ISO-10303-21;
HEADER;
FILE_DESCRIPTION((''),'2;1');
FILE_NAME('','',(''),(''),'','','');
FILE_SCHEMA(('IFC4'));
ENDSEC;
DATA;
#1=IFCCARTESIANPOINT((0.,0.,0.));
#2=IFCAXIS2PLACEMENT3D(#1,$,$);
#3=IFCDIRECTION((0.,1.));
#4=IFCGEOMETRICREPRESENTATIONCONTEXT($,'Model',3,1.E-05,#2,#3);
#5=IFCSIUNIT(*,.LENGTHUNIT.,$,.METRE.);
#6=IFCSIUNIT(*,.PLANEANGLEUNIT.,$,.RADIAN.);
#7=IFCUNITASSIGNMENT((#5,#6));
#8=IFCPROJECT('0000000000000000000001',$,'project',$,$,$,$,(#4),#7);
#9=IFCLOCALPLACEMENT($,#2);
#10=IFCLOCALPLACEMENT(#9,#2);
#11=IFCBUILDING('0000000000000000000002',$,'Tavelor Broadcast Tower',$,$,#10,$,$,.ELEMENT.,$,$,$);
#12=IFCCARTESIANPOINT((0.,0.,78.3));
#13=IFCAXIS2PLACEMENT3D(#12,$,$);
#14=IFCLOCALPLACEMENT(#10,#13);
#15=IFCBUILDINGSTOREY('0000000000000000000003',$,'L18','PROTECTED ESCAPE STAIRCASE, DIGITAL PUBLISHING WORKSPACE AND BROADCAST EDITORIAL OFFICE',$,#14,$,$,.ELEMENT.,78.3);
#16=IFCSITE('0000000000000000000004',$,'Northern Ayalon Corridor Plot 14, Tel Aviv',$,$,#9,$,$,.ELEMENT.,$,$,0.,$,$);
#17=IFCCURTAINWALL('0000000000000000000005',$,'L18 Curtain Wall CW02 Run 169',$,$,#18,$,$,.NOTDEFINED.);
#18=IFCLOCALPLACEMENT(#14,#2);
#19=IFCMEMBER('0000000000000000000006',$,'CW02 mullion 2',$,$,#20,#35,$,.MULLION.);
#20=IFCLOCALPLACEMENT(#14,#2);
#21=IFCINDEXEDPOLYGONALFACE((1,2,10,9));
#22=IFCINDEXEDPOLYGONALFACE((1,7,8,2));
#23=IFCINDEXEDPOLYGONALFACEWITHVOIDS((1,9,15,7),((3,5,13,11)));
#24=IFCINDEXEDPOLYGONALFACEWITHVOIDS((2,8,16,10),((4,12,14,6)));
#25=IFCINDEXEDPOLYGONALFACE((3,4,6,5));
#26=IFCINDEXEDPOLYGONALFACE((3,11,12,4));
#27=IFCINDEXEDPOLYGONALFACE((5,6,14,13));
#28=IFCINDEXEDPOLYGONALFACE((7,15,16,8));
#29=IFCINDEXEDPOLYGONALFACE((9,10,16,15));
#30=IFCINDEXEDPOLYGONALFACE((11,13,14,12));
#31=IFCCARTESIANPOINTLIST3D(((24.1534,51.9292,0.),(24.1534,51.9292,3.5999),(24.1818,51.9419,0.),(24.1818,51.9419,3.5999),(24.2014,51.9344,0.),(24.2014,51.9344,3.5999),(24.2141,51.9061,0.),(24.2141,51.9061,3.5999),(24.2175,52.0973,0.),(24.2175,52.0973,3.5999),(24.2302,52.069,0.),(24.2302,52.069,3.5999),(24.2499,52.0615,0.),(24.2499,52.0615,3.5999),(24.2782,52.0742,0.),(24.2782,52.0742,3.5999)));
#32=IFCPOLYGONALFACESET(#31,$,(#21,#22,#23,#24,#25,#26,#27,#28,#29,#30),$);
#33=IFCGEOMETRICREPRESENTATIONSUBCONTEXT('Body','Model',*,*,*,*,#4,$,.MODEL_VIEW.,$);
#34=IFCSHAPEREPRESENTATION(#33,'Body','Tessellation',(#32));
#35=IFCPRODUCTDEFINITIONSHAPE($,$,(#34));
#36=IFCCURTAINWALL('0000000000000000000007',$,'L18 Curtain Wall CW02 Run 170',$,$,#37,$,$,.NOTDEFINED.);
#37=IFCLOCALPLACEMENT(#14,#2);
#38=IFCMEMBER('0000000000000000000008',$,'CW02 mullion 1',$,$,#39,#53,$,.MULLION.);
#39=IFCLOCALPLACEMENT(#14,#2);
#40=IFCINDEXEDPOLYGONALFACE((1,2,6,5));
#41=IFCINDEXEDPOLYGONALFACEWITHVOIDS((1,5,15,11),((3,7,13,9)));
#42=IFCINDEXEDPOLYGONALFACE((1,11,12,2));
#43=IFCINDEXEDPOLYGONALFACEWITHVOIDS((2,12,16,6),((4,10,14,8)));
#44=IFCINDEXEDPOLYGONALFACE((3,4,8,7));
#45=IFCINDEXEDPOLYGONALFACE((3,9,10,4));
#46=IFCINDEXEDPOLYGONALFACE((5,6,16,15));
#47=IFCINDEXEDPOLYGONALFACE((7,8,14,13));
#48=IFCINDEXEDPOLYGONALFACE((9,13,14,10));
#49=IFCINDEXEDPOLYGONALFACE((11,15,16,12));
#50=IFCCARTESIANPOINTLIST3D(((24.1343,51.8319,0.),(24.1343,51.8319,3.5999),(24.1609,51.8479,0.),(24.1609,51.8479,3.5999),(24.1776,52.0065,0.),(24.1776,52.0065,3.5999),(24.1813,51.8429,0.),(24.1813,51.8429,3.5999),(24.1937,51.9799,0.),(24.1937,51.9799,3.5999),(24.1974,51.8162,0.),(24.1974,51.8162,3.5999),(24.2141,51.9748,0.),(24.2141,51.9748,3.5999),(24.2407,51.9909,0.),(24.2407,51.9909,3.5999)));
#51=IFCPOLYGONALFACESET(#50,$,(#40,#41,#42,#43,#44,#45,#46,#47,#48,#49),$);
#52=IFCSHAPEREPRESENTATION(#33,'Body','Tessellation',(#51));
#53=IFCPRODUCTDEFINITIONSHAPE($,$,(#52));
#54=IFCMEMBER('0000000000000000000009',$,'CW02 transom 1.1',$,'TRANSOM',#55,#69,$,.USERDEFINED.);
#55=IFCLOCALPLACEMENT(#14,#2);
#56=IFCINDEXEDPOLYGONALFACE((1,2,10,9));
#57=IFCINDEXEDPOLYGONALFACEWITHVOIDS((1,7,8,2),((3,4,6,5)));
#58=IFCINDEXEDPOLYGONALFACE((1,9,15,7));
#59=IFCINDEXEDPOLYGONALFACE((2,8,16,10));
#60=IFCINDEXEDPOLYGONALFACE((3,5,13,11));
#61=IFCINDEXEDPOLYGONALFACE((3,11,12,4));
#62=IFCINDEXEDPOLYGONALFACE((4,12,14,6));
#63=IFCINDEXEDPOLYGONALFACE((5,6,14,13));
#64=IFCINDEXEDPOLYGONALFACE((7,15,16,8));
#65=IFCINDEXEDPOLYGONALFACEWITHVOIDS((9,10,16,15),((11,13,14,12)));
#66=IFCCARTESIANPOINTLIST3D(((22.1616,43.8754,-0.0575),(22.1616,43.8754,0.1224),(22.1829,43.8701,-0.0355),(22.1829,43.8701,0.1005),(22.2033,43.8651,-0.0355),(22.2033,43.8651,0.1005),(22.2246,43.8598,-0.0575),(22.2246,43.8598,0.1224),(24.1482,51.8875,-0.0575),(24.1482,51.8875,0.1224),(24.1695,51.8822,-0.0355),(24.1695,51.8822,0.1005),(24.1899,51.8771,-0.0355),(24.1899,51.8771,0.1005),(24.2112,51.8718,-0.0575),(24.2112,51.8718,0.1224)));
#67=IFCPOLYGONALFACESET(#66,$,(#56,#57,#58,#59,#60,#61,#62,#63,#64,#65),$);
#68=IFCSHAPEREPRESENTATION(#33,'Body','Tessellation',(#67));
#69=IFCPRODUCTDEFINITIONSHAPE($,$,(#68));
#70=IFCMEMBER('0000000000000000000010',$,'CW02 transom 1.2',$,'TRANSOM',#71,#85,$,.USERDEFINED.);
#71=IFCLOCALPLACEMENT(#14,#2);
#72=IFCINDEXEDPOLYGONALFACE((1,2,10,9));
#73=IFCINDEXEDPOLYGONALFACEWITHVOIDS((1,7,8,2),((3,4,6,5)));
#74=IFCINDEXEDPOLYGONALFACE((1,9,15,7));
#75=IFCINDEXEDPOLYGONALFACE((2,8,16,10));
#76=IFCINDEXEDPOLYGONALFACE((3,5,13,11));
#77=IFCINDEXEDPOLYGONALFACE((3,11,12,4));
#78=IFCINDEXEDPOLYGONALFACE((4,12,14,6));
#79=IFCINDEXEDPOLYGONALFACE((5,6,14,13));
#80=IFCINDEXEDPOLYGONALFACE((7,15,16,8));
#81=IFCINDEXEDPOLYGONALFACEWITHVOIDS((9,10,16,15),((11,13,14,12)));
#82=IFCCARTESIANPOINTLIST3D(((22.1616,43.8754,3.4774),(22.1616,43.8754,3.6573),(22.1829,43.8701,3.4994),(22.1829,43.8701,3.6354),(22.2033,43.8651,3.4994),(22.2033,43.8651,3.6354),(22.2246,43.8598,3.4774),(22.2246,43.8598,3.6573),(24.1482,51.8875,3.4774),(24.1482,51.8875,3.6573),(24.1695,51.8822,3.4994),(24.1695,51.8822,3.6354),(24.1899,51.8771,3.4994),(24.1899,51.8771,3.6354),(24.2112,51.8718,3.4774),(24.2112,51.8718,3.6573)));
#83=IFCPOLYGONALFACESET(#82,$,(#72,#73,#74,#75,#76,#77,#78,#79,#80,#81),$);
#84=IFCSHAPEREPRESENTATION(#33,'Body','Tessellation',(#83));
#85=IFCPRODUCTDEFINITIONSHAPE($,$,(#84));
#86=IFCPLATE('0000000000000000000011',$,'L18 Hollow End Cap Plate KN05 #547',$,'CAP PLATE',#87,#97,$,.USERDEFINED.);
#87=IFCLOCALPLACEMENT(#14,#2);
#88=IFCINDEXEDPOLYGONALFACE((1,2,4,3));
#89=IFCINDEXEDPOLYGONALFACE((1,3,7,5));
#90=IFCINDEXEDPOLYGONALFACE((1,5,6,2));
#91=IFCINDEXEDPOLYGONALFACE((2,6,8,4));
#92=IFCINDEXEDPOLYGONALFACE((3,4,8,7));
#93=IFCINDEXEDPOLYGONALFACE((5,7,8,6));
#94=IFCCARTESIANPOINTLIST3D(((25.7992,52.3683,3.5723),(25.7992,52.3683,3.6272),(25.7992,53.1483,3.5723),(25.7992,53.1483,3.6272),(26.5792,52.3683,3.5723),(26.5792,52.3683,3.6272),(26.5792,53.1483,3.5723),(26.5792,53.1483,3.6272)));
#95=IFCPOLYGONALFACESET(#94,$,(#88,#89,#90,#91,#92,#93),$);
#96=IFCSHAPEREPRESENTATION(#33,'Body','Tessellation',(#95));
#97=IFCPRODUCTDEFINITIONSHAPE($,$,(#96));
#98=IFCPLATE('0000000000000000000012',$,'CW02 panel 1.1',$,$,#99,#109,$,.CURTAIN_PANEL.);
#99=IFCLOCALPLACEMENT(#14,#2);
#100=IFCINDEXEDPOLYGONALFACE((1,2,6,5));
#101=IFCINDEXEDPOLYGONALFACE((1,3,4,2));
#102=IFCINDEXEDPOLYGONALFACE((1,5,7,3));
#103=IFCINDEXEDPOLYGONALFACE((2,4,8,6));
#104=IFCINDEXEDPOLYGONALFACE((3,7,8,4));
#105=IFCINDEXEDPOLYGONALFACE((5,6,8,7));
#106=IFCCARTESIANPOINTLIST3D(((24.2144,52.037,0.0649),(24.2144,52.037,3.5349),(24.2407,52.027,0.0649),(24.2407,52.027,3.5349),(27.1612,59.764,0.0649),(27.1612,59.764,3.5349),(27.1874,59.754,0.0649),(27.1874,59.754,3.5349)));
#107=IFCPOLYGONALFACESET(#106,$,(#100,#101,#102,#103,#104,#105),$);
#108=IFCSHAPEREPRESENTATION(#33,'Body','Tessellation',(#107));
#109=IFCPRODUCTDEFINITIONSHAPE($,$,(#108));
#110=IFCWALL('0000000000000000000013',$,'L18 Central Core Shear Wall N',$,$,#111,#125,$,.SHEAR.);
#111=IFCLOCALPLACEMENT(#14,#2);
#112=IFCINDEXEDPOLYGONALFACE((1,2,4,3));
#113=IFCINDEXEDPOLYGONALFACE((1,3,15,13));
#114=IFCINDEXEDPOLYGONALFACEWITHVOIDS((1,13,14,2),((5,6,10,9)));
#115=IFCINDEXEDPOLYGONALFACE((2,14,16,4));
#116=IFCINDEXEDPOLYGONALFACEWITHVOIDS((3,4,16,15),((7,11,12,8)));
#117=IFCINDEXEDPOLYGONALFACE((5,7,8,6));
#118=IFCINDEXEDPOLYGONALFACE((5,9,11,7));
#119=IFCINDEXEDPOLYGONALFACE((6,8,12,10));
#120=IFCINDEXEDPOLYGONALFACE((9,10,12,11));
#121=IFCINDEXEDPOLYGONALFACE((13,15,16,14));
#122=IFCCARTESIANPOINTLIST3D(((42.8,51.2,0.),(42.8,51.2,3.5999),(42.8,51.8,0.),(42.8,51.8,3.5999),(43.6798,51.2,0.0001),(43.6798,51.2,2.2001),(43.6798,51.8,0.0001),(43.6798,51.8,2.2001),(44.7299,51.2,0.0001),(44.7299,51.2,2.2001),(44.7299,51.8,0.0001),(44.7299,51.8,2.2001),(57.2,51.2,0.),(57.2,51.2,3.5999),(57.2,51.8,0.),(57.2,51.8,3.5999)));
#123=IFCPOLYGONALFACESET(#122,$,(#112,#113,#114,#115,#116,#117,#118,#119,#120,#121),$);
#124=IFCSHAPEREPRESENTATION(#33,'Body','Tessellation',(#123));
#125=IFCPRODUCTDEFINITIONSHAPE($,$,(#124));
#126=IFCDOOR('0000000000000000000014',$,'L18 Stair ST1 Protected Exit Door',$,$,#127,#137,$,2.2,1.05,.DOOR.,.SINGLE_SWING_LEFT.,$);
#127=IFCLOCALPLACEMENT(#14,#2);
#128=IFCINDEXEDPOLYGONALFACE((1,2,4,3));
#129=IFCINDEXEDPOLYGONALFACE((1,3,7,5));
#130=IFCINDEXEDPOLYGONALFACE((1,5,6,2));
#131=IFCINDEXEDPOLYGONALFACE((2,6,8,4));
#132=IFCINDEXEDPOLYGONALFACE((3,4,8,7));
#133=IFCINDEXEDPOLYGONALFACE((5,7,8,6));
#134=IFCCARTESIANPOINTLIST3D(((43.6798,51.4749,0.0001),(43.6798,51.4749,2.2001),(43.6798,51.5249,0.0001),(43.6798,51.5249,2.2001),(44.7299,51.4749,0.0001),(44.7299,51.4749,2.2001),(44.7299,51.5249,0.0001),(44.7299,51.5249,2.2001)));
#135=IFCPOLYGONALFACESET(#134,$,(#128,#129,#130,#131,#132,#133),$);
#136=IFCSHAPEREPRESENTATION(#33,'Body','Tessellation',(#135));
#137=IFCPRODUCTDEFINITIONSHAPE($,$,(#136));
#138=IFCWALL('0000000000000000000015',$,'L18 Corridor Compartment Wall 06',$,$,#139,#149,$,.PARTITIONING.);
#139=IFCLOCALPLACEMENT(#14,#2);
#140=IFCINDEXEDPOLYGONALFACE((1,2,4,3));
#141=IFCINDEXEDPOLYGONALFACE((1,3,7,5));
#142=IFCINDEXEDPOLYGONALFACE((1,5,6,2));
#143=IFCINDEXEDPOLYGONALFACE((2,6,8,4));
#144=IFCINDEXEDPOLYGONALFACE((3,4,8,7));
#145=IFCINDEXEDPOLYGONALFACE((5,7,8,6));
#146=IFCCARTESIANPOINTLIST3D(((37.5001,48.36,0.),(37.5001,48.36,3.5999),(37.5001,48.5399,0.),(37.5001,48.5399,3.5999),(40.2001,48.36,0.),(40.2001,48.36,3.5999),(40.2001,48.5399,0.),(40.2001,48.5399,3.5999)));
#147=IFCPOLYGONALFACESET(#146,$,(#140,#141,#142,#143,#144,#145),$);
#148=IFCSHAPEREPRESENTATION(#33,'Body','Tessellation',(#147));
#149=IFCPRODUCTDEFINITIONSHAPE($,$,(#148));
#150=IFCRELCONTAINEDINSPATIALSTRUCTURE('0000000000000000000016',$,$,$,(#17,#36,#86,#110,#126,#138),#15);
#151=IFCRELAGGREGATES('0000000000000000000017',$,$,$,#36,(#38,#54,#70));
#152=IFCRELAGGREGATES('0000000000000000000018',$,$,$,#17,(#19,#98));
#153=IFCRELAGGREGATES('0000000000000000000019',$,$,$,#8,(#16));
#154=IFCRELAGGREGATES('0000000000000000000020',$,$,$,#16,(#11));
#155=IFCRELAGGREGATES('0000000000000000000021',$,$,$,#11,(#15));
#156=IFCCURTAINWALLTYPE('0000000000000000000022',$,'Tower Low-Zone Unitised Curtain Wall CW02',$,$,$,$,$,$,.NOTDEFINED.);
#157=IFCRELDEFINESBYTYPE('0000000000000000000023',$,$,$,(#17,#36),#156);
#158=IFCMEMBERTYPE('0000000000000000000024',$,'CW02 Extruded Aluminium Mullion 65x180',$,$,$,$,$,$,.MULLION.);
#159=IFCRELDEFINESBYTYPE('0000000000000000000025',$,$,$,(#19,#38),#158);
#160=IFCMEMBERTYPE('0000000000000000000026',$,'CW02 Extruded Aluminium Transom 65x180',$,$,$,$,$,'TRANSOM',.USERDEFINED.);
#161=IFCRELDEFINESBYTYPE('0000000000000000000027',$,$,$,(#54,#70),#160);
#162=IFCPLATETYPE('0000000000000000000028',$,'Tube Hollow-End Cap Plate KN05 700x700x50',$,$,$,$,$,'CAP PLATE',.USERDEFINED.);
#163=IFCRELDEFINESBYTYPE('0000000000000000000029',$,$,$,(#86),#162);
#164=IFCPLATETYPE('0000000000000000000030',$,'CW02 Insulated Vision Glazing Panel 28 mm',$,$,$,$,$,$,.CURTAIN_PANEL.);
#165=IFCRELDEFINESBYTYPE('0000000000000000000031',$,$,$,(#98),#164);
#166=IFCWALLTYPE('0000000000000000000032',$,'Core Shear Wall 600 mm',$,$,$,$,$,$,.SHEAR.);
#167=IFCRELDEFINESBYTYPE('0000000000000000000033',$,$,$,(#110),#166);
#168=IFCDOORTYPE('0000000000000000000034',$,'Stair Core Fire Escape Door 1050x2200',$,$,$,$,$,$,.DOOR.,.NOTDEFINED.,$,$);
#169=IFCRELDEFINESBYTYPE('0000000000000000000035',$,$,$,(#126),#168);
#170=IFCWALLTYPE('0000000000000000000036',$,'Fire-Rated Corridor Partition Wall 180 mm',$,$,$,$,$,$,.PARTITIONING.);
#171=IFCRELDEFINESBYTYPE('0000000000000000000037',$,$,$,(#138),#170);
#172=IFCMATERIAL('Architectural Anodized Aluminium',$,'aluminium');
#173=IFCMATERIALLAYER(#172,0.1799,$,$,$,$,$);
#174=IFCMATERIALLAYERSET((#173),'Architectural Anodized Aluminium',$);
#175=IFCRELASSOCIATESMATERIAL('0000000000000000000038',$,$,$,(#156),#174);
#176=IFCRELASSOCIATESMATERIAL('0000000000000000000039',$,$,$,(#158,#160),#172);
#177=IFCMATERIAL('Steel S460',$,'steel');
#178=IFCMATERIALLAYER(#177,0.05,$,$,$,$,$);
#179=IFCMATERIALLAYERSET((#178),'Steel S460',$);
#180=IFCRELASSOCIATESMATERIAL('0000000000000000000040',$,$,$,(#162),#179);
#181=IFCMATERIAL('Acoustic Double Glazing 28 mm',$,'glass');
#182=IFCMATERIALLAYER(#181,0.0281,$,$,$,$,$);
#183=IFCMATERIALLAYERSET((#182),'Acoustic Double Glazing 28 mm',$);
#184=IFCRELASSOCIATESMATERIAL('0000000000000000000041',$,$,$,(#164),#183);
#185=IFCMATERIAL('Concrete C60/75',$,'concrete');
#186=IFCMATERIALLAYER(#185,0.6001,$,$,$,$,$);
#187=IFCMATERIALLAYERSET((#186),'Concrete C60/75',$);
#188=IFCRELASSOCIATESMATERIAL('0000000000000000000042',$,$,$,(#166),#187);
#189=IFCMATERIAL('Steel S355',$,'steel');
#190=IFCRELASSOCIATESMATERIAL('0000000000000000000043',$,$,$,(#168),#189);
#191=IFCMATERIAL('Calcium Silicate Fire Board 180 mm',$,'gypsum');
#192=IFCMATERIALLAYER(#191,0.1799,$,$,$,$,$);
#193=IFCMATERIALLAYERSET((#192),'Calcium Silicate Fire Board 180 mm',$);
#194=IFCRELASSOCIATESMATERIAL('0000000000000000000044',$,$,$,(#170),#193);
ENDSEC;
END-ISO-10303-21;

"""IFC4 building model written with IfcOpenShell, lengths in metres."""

from ifc_helpers import new_model, si_unit, direction, frame, frame_2d, origin, origin_2d, place, context, subcontext, project, spatial, rectangle, hollow_rectangle, extrude, source, transform, mapped, material, layer, layer_set, material_profile, profile_set, type_object, type_shapes, element, fill, aggregate, save


model = new_model("IFC4")

# Units and contexts
model_context = context("Model", 3, precision=1e-05, world=origin(), true_north=direction((0.0, 1.0)))
body_context = subcontext(model_context, "Body", "Model", "MODEL_VIEW")
ifc_project = project(units=[si_unit("LENGTHUNIT", "METRE"), si_unit("PLANEANGLEUNIT", "RADIAN")], contexts=[model_context])

# Site, building, storey
site_placement = place(None, origin())
site = spatial("IfcSite", under=ifc_project, at=site_placement, Name="Northern Ayalon Corridor Plot 14, Tel Aviv", CompositionType="ELEMENT", RefElevation=0.0)
building_placement = place(site_placement, origin())
building = spatial("IfcBuilding", under=site, at=building_placement, Name="Tavelor Broadcast Tower", CompositionType="ELEMENT")
storey_placement = place(building_placement, frame((0.0, 0.0, 78.3)))
storey = spatial("IfcBuildingStorey", under=building, at=storey_placement, Name="L18", Description="PROTECTED ESCAPE STAIRCASE, DIGITAL PUBLISHING WORKSPACE AND BROADCAST EDITORIAL OFFICE", CompositionType="ELEMENT", Elevation=78.3)

# Shared definitions
ifc_material_1 = material(Name="Concrete C60/75", Category="concrete")
ifc_material_2 = material(Name="Steel S460", Category="steel")

# Shared definitions
ifc_material_3 = material(Name="Steel S355", Category="steel")

# Curtain wall, member
ifc_material_4 = material(Name="Architectural Anodized Aluminium", Category="aluminium")
ifc_layer_1 = layer(ifc_material_4, 0.1799)
ifc_layer_set_1 = layer_set([ifc_layer_1], Name="Architectural Anodized Aluminium")
curtain_wall_type = type_object("IfcCurtainWallType", Name="Tower Low-Zone Unitised Curtain Wall CW02", PredefinedType="NOTDEFINED", material=ifc_layer_set_1)
curtain_wall_1_placement = place(storey_placement, origin())
curtain_wall_1 = element("IfcCurtainWall", 1, at=curtain_wall_1_placement, inside=storey, type_object=curtain_wall_type, Name="L18 Curtain Wall CW02 Run 169", PredefinedType="NOTDEFINED")
ifc_material_profile_1 = material_profile(ifc_material_4, hollow_rectangle(XDim=0.0649, YDim=0.1799, WallThickness=0.022, at=origin_2d()), Name="RHS 65x180x22")
ifc_profile_set_1 = profile_set([ifc_material_profile_1], Name="Architectural Anodized Aluminium")
member_type_1 = type_object("IfcMemberType", Name="CW02 Extruded Aluminium Mullion 65x180", PredefinedType="MULLION", material=ifc_profile_set_1)
shared_shape_1 = source(origin(), body_context, "Body", "SweptSolid", [
    extrude(hollow_rectangle(XDim=0.0649, YDim=0.1799, WallThickness=0.022, at=origin_2d()), origin(), (0.0, 0.0, 1.0), 3.5999),
])
type_shapes(member_type_1, [shared_shape_1])
member_1_placement = place(storey_placement, frame((24.2158, 52.0017, 0.0), z_axis=(0.0, 0.0, 1.0), x_axis=(0.93436, -0.356331, 0.0)))
member_1 = element("IfcMember", 2, at=member_1_placement, type_object=member_type_1, Name="CW02 mullion 2", PredefinedType="MULLION", context=body_context, shape_type="MappedRepresentation", body=[
    mapped(shared_shape_1, transform((0.0, 0.0, 0.0), scale=1.0)),
])

# Curtain wall, members
curtain_wall_2_placement = place(storey_placement, origin())
curtain_wall_2 = element("IfcCurtainWall", 3, at=curtain_wall_2_placement, inside=storey, type_object=curtain_wall_type, Name="L18 Curtain Wall CW02 Run 170", PredefinedType="NOTDEFINED")
member_2_placement = place(storey_placement, frame((24.1875, 51.9114, 0.0), z_axis=(0.0, 0.0, 1.0), x_axis=(0.970611, -0.240652, 0.0)))
member_2 = element("IfcMember", 4, at=member_2_placement, type_object=member_type_1, Name="CW02 mullion 1", PredefinedType="MULLION", context=body_context, shape_type="MappedRepresentation", body=[
    mapped(shared_shape_1, transform((0.0, 0.0, 0.0), scale=1.0)),
])
ifc_material_profile_2 = material_profile(ifc_material_4, hollow_rectangle(XDim=0.0649, YDim=0.1799, WallThickness=0.022, at=origin_2d()), Name="RHS 65x180x22")
ifc_profile_set_2 = profile_set([ifc_material_profile_2], Name="Architectural Anodized Aluminium")
member_type_2 = type_object("IfcMemberType", Name="CW02 Extruded Aluminium Transom 65x180", ElementType="TRANSOM", PredefinedType="USERDEFINED", material=ifc_profile_set_2)
shared_shape_2 = source(origin(), body_context, "Body", "SweptSolid", [
    extrude(hollow_rectangle(XDim=0.0649, YDim=0.1799, WallThickness=0.022, at=origin_2d()), origin(), (0.0, 0.0, 1.0), 8.2546),
])
type_shapes(member_type_2, [shared_shape_2])
member_3_placement = place(storey_placement, frame((24.1797, 51.8796, 0.0325), z_axis=(-0.240663, -0.970609, 0.0), x_axis=(0.970609, -0.240663, 0.0)))
member_3 = element("IfcMember", 5, at=member_3_placement, type_object=member_type_2, Name="CW02 transom 1.1", ObjectType="TRANSOM", PredefinedType="USERDEFINED", context=body_context, shape_type="MappedRepresentation", body=[
    mapped(shared_shape_2, transform((0.0, 0.0, 0.0), scale=1.0)),
])
member_4_placement = place(storey_placement, frame((24.1797, 51.8796, 3.5674), z_axis=(-0.240663, -0.970609, 0.0), x_axis=(0.970609, -0.240663, 0.0)))
member_4 = element("IfcMember", 6, at=member_4_placement, type_object=member_type_2, Name="CW02 transom 1.2", ObjectType="TRANSOM", PredefinedType="USERDEFINED", context=body_context, shape_type="MappedRepresentation", body=[
    mapped(shared_shape_2, transform((0.0, 0.0, 0.0), scale=1.0)),
])
aggregate(curtain_wall_2, [member_2, member_3, member_4])

# Plates
ifc_layer_2 = layer(ifc_material_2, 0.05)
ifc_layer_set_2 = layer_set([ifc_layer_2], Name="Steel S460")
plate_type_1 = type_object("IfcPlateType", Name="Tube Hollow-End Cap Plate KN05 700x700x50", ElementType="CAP PLATE", PredefinedType="USERDEFINED", material=ifc_layer_set_2)
shared_shape_3 = source(origin(), body_context, "Body", "SweptSolid", [
    extrude(rectangle(XDim=0.78, YDim=0.78, at=origin_2d()), origin(), (0.0, 0.0, 1.0), 0.0549),
])
type_shapes(plate_type_1, [shared_shape_3])
plate_1_placement = place(storey_placement, frame((26.1892, 52.7583, 3.5723), z_axis=(0.0, 0.0, 1.0), x_axis=(1.0, 0.0, 0.0)))
element("IfcPlate", 7, at=plate_1_placement, inside=storey, type_object=plate_type_1, Name="L18 Hollow End Cap Plate KN05 #547", ObjectType="CAP PLATE", PredefinedType="USERDEFINED", context=body_context, shape_type="MappedRepresentation", body=[
    mapped(shared_shape_3, transform((0.0, 0.0, 0.0), scale=1.0)),
])
ifc_material_5 = material(Name="Acoustic Double Glazing 28 mm", Category="glass")
ifc_layer_3 = layer(ifc_material_5, 0.0281)
ifc_layer_set_3 = layer_set([ifc_layer_3], Name="Acoustic Double Glazing 28 mm")
plate_type_2 = type_object("IfcPlateType", Name="CW02 Insulated Vision Glazing Panel 28 mm", PredefinedType="CURTAIN_PANEL", material=ifc_layer_set_3)
shared_shape_4 = source(origin(), body_context, "Body", "SweptSolid", [
    extrude(rectangle(XDim=8.2698, YDim=0.0281, at=origin_2d()), origin(), (0.0, 0.0, 1.0), 3.47),
])
type_shapes(plate_type_2, [shared_shape_4])
plate_2_placement = place(storey_placement, frame((25.7009, 55.8955, 0.0649), z_axis=(0.0, 0.0, 1.0), x_axis=(-0.356331, -0.93436, 0.0)))
plate_2 = element("IfcPlate", 8, at=plate_2_placement, type_object=plate_type_2, Name="CW02 panel 1.1", PredefinedType="CURTAIN_PANEL", context=body_context, shape_type="MappedRepresentation", body=[
    mapped(shared_shape_4, transform((0.0, 0.0, 0.0), scale=1.0)),
])
aggregate(curtain_wall_1, [member_1, plate_2])

# Wall, opening, door
ifc_layer_4 = layer(ifc_material_1, 0.6001)
ifc_layer_set_4 = layer_set([ifc_layer_4], Name="Concrete C60/75")
wall_type_1 = type_object("IfcWallType", Name="Core Shear Wall 600 mm", PredefinedType="SHEAR", material=ifc_layer_set_4)
wall_1_placement = place(storey_placement, frame((42.8, 51.5, 0.0), z_axis=(0.0, 0.0, 1.0), x_axis=(1.0, 0.0, 0.0)))
wall_1 = element("IfcWall", 9, at=wall_1_placement, inside=storey, type_object=wall_type_1, Name="L18 Central Core Shear Wall N", PredefinedType="SHEAR", context=body_context, shape_type="SweptSolid", body=[
    extrude(rectangle(XDim=14.3999, YDim=0.6001, at=frame_2d((7.2, 0.0))), origin(), (0.0, 0.0, 1.0), 3.5999),
])
opening_1_placement = place(wall_1_placement, frame((0.8799, 0.0, 0.0)))
opening_1 = element("IfcOpeningElement", 10, at=opening_1_placement, cuts=wall_1, PredefinedType="OPENING", context=body_context, shape_type="SweptSolid", body=[
    extrude(rectangle(XDim=1.05, YDim=2.2, at=frame_2d((0.5249, 1.1001))), frame((0.0, 0.3101, 0.0), z_axis=(0.0, -1.0, 0.0), x_axis=(1.0, 0.0, 0.0)), (0.0, 0.0, 1.0), 0.6201),
])
door_type_1 = type_object("IfcDoorType", Name="Stair Core Fire Escape Door 1050x2200", OperationType="NOTDEFINED", PredefinedType="DOOR", material=ifc_material_3)
door_1_placement = place(opening_1_placement, origin())
door_1 = element("IfcDoor", 11, at=door_1_placement, inside=storey, type_object=door_type_1, Name="L18 Stair ST1 Protected Exit Door", OperationType="SINGLE_SWING_LEFT", OverallHeight=2.2, OverallWidth=1.05, PredefinedType="DOOR", context=body_context, shape_type="SweptSolid", body=[
    extrude(rectangle(XDim=1.05, YDim=2.2, at=frame_2d((0.5249, 1.1001))), frame((0.0, 0.0249, 0.0), z_axis=(0.0, -1.0, 0.0), x_axis=(1.0, 0.0, 0.0)), (0.0, 0.0, 1.0), 0.05),
])
fill(opening_1, door_1)

# Wall
ifc_material_6 = material(Name="Calcium Silicate Fire Board 180 mm", Category="gypsum")
ifc_layer_5 = layer(ifc_material_6, 0.1799)
ifc_layer_set_5 = layer_set([ifc_layer_5], Name="Calcium Silicate Fire Board 180 mm")
wall_type_2 = type_object("IfcWallType", Name="Fire-Rated Corridor Partition Wall 180 mm", PredefinedType="PARTITIONING", material=ifc_layer_set_5)
wall_2_placement = place(storey_placement, frame((37.5, 48.45, 0.0), z_axis=(0.0, 0.0, 1.0), x_axis=(1.0, 0.0, 0.0)))
element("IfcWall", 12, at=wall_2_placement, inside=storey, type_object=wall_type_2, Name="L18 Corridor Compartment Wall 06", PredefinedType="PARTITIONING", context=body_context, shape_type="SweptSolid", body=[
    extrude(rectangle(XDim=2.7, YDim=0.1799, at=frame_2d((1.3501, 0.0))), origin(), (0.0, 0.0, 1.0), 3.5999),
])

save(model, "model.ifc")
